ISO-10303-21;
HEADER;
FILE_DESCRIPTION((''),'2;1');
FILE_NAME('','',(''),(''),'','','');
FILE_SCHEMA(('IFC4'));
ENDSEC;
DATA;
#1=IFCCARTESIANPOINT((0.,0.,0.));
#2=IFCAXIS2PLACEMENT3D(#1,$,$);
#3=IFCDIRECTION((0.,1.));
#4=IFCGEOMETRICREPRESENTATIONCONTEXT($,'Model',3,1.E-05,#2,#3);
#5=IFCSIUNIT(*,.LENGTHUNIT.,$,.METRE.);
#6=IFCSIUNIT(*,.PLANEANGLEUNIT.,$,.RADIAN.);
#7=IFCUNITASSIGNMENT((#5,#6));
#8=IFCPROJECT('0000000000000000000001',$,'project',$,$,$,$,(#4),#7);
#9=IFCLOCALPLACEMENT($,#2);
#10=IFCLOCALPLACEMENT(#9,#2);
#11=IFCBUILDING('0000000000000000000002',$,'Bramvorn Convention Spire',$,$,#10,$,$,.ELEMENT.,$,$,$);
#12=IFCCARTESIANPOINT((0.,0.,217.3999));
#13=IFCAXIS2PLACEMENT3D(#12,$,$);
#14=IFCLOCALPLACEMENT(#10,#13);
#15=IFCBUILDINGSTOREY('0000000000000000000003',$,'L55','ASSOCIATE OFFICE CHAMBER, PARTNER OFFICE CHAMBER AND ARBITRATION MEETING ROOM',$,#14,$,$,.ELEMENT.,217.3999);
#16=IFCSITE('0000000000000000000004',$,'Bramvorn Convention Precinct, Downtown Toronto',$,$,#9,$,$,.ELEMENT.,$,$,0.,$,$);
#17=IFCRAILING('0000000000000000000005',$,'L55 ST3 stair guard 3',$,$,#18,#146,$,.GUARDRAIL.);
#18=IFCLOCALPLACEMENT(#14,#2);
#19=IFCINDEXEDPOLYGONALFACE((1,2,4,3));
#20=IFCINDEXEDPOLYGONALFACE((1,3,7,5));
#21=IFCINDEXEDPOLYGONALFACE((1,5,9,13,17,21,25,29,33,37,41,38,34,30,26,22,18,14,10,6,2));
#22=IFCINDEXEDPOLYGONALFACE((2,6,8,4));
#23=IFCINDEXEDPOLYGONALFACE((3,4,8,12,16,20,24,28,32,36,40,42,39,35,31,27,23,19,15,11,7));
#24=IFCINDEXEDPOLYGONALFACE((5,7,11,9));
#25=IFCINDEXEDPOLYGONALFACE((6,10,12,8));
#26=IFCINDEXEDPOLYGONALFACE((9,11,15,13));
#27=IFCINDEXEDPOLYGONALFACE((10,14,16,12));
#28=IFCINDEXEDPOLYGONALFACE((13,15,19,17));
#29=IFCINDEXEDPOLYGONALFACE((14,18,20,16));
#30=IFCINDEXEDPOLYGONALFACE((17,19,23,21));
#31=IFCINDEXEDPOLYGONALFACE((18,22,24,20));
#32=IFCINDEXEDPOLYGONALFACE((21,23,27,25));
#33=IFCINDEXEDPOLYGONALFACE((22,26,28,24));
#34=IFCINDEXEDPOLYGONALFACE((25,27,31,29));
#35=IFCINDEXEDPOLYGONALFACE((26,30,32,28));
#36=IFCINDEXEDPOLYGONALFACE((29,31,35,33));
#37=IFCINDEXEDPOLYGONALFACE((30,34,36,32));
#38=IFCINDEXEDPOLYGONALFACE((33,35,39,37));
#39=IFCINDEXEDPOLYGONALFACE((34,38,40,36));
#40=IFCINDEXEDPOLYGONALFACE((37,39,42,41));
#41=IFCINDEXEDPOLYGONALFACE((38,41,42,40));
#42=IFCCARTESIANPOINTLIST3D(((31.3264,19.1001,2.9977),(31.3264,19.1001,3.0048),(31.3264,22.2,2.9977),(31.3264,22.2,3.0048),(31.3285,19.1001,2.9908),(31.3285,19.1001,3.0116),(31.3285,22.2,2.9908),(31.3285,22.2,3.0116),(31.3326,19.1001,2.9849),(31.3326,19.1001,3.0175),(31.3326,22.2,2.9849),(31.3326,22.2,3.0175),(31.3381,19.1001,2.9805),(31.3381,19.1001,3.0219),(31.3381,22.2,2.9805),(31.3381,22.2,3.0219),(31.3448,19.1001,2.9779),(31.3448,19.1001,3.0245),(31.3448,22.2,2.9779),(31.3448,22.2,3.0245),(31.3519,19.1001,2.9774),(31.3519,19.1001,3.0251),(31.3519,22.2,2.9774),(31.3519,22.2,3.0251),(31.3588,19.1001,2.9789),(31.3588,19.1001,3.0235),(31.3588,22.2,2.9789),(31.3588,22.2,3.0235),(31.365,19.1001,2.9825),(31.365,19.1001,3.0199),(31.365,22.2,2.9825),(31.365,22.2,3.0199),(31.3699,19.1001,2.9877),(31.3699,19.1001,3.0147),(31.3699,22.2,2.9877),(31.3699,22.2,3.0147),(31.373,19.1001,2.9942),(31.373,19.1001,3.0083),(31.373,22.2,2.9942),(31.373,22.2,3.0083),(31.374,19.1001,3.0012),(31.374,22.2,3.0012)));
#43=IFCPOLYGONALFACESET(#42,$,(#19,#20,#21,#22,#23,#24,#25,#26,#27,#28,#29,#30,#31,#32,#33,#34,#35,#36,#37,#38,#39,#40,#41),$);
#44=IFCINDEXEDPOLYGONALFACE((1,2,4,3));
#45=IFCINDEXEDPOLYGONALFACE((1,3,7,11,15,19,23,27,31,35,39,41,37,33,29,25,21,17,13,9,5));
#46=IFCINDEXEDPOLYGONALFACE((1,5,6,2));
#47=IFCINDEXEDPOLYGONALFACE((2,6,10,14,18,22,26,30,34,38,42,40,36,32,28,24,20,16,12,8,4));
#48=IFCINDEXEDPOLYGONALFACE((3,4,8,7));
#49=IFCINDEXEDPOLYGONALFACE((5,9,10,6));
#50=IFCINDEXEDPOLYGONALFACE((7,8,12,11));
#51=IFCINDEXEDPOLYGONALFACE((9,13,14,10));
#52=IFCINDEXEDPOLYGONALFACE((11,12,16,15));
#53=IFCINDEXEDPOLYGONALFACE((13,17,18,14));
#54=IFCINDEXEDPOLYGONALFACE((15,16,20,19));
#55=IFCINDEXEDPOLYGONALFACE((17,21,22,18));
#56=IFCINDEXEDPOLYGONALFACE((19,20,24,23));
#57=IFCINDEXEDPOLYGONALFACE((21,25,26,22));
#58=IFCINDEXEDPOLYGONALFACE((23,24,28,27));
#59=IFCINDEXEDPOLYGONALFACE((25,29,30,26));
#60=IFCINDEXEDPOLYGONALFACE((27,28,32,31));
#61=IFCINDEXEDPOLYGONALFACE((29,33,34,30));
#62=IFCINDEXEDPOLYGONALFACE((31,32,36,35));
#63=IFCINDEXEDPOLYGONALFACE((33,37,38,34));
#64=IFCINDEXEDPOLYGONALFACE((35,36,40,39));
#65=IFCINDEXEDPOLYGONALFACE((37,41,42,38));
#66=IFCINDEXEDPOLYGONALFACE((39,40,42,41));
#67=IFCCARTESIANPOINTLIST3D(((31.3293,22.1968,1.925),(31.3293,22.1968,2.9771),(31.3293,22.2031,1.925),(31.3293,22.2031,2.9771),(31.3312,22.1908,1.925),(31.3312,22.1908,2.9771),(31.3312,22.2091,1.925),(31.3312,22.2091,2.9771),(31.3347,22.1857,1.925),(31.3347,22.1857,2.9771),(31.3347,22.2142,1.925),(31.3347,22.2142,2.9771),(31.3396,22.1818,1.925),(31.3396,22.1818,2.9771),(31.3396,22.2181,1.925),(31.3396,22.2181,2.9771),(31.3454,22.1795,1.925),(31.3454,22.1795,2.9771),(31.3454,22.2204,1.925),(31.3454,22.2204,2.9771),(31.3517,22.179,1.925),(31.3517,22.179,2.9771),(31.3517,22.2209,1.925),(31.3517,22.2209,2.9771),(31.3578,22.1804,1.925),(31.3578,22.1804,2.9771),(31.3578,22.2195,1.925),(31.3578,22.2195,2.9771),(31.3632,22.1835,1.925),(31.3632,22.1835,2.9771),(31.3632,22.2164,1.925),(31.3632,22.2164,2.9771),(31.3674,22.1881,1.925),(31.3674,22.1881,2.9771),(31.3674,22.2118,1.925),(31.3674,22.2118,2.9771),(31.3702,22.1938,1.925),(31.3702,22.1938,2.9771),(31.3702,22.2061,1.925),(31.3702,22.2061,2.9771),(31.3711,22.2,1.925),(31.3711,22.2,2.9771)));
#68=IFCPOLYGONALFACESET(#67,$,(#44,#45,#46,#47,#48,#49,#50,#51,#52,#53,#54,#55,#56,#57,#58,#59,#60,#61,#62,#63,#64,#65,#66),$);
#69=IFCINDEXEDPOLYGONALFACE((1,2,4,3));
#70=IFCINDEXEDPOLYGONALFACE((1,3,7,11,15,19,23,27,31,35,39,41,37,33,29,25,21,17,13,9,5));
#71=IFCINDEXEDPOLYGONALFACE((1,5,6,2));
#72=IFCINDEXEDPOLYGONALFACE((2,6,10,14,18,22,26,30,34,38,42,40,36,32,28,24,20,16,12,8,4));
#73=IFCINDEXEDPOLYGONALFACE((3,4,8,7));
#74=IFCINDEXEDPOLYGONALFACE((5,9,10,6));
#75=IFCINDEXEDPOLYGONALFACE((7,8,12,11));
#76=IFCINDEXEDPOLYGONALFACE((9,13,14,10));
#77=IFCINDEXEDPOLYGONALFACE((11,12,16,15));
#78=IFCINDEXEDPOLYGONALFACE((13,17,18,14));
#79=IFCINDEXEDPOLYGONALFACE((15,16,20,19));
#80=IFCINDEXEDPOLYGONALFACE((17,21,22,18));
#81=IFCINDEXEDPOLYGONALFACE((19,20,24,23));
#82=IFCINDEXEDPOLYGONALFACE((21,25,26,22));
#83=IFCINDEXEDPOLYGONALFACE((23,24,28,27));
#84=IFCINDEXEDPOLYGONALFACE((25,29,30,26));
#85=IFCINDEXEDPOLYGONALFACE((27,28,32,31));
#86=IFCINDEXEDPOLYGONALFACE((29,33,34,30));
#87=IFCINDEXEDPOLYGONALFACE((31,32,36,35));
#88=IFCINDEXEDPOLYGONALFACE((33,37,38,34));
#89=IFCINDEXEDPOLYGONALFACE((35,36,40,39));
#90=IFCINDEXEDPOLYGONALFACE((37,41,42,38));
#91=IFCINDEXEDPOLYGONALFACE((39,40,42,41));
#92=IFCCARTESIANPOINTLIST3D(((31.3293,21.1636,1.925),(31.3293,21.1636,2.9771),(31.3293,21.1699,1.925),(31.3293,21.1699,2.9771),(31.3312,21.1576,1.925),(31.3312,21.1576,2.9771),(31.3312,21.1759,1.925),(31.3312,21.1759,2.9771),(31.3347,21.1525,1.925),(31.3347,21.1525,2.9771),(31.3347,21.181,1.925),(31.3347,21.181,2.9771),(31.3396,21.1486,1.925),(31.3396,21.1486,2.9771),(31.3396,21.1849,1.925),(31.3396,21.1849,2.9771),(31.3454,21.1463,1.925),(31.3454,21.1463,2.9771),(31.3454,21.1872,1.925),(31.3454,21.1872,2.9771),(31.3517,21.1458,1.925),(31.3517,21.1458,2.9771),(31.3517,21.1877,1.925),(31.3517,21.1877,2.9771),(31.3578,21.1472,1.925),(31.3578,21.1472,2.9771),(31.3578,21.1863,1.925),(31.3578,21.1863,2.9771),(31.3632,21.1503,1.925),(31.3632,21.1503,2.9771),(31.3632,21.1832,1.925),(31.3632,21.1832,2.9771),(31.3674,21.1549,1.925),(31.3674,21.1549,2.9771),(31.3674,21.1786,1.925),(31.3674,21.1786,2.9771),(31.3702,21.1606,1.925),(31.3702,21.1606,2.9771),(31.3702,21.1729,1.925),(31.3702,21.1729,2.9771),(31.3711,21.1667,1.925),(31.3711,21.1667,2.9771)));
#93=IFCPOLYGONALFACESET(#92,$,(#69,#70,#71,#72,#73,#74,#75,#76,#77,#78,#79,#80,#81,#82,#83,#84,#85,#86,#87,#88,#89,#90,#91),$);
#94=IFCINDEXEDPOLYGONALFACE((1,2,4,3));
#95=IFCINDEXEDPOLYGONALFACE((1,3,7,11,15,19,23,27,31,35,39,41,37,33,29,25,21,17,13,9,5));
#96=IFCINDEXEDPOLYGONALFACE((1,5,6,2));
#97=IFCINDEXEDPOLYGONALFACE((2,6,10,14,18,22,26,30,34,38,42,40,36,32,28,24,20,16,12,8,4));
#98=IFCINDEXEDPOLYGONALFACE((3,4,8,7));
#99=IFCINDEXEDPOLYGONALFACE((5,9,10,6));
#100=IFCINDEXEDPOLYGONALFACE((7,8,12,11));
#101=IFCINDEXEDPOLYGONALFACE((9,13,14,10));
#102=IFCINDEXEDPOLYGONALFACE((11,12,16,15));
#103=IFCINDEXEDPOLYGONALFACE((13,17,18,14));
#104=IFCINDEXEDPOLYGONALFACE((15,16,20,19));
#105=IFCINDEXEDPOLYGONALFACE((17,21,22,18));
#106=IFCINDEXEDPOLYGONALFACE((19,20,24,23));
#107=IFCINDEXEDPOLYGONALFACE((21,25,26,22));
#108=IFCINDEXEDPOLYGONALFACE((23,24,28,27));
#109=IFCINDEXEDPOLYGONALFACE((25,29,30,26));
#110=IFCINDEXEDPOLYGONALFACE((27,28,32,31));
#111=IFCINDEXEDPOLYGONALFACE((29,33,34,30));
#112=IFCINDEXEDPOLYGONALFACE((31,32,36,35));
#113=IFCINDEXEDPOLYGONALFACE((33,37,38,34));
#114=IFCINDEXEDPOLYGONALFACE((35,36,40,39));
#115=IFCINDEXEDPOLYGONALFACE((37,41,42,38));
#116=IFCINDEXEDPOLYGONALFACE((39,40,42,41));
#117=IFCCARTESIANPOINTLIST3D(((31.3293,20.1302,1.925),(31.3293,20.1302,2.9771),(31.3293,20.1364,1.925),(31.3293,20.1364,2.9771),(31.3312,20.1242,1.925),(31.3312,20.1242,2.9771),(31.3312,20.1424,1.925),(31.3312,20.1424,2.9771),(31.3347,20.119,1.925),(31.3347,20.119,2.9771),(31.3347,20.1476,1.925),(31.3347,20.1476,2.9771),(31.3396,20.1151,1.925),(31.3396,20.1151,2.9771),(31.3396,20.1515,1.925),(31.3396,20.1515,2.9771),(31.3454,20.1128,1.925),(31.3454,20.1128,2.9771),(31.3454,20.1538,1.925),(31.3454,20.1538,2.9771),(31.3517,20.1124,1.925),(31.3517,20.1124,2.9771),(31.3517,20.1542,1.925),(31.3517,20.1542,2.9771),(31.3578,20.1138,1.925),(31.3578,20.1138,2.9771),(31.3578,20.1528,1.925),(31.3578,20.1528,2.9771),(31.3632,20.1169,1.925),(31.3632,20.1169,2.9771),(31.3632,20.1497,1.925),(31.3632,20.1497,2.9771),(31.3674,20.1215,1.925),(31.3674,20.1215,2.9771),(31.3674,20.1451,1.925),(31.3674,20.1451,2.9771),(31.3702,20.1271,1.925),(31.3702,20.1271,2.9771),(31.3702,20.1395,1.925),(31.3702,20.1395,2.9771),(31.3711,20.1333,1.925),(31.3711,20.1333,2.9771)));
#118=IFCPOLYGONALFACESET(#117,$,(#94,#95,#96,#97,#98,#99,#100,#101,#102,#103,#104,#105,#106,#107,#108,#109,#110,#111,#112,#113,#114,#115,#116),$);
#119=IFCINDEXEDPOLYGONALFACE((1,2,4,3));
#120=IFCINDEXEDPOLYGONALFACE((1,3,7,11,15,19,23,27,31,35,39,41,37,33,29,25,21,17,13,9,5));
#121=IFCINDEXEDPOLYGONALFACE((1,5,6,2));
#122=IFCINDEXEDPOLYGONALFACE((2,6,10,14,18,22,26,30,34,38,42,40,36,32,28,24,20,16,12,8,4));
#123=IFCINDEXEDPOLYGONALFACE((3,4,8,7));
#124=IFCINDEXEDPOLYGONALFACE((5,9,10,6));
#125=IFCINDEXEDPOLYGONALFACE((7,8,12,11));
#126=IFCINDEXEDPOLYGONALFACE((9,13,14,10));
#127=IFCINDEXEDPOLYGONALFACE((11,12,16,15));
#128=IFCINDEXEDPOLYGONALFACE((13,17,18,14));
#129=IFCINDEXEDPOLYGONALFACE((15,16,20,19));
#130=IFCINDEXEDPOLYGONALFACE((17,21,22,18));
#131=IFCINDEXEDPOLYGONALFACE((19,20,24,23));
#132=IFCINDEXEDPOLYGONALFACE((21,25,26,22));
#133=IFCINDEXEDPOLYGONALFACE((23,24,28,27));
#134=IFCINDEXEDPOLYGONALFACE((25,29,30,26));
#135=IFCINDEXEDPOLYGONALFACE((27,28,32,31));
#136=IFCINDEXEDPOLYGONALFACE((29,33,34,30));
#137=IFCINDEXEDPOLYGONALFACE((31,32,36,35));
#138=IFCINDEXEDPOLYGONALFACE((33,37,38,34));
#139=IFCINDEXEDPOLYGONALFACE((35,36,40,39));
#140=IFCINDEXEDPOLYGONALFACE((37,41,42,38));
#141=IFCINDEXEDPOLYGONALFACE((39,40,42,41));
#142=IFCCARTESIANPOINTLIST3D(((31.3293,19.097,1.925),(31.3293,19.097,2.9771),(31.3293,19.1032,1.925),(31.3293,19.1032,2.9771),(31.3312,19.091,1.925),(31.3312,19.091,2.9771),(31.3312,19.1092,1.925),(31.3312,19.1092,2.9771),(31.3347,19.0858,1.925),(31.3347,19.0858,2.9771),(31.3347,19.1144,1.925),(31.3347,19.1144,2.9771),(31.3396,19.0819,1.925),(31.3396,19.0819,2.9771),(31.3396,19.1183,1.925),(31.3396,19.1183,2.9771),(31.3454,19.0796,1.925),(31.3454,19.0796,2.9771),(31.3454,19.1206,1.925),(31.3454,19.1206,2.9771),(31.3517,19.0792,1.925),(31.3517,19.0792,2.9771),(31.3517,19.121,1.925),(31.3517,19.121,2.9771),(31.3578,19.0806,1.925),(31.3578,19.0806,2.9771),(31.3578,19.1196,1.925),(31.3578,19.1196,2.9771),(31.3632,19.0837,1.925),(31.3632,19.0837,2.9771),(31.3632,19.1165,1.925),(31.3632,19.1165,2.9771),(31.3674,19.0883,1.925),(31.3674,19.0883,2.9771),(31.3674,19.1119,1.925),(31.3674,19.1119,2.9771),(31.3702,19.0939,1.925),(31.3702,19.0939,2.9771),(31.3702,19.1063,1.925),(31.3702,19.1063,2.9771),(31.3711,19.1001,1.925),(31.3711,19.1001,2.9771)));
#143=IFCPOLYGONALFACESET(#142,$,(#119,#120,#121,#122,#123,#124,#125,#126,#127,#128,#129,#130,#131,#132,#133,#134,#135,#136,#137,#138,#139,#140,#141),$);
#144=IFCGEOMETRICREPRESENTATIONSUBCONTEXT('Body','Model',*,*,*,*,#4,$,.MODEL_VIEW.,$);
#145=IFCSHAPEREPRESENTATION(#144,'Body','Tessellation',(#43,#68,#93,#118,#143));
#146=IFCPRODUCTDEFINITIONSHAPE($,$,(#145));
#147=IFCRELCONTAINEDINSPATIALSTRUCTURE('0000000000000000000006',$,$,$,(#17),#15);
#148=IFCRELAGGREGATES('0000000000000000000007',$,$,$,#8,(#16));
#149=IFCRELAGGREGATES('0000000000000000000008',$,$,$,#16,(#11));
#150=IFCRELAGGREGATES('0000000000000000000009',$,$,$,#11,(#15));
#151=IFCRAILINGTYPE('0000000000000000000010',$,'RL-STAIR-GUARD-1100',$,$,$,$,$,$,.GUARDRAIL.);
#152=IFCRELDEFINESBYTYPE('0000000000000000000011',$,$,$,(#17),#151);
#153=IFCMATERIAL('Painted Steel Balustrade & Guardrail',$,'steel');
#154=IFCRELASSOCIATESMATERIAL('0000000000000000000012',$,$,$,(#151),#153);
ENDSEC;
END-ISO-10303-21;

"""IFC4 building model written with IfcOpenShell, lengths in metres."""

from ifc_helpers import new_model, si_unit, direction, frame, origin, origin_2d, place, context, subcontext, project, spatial, circle, extrude, material, type_object, element, save


model = new_model("IFC4")

# Units and contexts
model_context = context("Model", 3, precision=1e-05, world=origin(), true_north=direction((0.0, 1.0)))
body_context = subcontext(model_context, "Body", "Model", "MODEL_VIEW")
ifc_project = project(units=[si_unit("LENGTHUNIT", "METRE"), si_unit("PLANEANGLEUNIT", "RADIAN")], contexts=[model_context])

# Site, building, storey
site_placement = place(None, origin())
site = spatial("IfcSite", under=ifc_project, at=site_placement, Name="Bramvorn Convention Precinct, Downtown Toronto", CompositionType="ELEMENT", RefElevation=0.0)
building_placement = place(site_placement, origin())
building = spatial("IfcBuilding", under=site, at=building_placement, Name="Bramvorn Convention Spire", CompositionType="ELEMENT")
storey_placement = place(building_placement, frame((0.0, 0.0, 217.3999)))
storey = spatial("IfcBuildingStorey", under=building, at=storey_placement, Name="L55", Description="ASSOCIATE OFFICE CHAMBER, PARTNER OFFICE CHAMBER AND ARBITRATION MEETING ROOM", CompositionType="ELEMENT", Elevation=217.3999)

# Railing
ifc_material_1 = material(Name="Painted Steel Balustrade & Guardrail", Category="steel")
railing_type_1 = type_object("IfcRailingType", Name="RL-STAIR-GUARD-1100", PredefinedType="GUARDRAIL", material=ifc_material_1)
railing_1_placement = place(storey_placement, frame((31.3501, 22.2, 1.925)))
element("IfcRailing", 1, at=railing_1_placement, inside=storey, type_object=railing_type_1, Name="L55 ST3 stair guard 3", PredefinedType="GUARDRAIL", context=body_context, shape_type="SweptSolid", body=[
    extrude(circle(Radius=0.0239, at=origin_2d()), frame((0.0, 0.0, 1.0762), z_axis=(0.0, -1.0, 0.0), x_axis=(1.0, 0.0, 0.0)), (0.0, 0.0, 1.0), 3.0999),
    extrude(circle(Radius=0.021, at=origin_2d()), origin(), (0.0, 0.0, 1.0), 1.052),
    extrude(circle(Radius=0.021, at=origin_2d()), frame((0.0, -1.0332, 0.0)), (0.0, 0.0, 1.0), 1.052),
    extrude(circle(Radius=0.021, at=origin_2d()), frame((0.0, -2.0667, 0.0)), (0.0, 0.0, 1.0), 1.052),
    extrude(circle(Radius=0.021, at=origin_2d()), frame((0.0, -3.0999, 0.0)), (0.0, 0.0, 1.0), 1.052),
])

save(model, "model.ifc")
